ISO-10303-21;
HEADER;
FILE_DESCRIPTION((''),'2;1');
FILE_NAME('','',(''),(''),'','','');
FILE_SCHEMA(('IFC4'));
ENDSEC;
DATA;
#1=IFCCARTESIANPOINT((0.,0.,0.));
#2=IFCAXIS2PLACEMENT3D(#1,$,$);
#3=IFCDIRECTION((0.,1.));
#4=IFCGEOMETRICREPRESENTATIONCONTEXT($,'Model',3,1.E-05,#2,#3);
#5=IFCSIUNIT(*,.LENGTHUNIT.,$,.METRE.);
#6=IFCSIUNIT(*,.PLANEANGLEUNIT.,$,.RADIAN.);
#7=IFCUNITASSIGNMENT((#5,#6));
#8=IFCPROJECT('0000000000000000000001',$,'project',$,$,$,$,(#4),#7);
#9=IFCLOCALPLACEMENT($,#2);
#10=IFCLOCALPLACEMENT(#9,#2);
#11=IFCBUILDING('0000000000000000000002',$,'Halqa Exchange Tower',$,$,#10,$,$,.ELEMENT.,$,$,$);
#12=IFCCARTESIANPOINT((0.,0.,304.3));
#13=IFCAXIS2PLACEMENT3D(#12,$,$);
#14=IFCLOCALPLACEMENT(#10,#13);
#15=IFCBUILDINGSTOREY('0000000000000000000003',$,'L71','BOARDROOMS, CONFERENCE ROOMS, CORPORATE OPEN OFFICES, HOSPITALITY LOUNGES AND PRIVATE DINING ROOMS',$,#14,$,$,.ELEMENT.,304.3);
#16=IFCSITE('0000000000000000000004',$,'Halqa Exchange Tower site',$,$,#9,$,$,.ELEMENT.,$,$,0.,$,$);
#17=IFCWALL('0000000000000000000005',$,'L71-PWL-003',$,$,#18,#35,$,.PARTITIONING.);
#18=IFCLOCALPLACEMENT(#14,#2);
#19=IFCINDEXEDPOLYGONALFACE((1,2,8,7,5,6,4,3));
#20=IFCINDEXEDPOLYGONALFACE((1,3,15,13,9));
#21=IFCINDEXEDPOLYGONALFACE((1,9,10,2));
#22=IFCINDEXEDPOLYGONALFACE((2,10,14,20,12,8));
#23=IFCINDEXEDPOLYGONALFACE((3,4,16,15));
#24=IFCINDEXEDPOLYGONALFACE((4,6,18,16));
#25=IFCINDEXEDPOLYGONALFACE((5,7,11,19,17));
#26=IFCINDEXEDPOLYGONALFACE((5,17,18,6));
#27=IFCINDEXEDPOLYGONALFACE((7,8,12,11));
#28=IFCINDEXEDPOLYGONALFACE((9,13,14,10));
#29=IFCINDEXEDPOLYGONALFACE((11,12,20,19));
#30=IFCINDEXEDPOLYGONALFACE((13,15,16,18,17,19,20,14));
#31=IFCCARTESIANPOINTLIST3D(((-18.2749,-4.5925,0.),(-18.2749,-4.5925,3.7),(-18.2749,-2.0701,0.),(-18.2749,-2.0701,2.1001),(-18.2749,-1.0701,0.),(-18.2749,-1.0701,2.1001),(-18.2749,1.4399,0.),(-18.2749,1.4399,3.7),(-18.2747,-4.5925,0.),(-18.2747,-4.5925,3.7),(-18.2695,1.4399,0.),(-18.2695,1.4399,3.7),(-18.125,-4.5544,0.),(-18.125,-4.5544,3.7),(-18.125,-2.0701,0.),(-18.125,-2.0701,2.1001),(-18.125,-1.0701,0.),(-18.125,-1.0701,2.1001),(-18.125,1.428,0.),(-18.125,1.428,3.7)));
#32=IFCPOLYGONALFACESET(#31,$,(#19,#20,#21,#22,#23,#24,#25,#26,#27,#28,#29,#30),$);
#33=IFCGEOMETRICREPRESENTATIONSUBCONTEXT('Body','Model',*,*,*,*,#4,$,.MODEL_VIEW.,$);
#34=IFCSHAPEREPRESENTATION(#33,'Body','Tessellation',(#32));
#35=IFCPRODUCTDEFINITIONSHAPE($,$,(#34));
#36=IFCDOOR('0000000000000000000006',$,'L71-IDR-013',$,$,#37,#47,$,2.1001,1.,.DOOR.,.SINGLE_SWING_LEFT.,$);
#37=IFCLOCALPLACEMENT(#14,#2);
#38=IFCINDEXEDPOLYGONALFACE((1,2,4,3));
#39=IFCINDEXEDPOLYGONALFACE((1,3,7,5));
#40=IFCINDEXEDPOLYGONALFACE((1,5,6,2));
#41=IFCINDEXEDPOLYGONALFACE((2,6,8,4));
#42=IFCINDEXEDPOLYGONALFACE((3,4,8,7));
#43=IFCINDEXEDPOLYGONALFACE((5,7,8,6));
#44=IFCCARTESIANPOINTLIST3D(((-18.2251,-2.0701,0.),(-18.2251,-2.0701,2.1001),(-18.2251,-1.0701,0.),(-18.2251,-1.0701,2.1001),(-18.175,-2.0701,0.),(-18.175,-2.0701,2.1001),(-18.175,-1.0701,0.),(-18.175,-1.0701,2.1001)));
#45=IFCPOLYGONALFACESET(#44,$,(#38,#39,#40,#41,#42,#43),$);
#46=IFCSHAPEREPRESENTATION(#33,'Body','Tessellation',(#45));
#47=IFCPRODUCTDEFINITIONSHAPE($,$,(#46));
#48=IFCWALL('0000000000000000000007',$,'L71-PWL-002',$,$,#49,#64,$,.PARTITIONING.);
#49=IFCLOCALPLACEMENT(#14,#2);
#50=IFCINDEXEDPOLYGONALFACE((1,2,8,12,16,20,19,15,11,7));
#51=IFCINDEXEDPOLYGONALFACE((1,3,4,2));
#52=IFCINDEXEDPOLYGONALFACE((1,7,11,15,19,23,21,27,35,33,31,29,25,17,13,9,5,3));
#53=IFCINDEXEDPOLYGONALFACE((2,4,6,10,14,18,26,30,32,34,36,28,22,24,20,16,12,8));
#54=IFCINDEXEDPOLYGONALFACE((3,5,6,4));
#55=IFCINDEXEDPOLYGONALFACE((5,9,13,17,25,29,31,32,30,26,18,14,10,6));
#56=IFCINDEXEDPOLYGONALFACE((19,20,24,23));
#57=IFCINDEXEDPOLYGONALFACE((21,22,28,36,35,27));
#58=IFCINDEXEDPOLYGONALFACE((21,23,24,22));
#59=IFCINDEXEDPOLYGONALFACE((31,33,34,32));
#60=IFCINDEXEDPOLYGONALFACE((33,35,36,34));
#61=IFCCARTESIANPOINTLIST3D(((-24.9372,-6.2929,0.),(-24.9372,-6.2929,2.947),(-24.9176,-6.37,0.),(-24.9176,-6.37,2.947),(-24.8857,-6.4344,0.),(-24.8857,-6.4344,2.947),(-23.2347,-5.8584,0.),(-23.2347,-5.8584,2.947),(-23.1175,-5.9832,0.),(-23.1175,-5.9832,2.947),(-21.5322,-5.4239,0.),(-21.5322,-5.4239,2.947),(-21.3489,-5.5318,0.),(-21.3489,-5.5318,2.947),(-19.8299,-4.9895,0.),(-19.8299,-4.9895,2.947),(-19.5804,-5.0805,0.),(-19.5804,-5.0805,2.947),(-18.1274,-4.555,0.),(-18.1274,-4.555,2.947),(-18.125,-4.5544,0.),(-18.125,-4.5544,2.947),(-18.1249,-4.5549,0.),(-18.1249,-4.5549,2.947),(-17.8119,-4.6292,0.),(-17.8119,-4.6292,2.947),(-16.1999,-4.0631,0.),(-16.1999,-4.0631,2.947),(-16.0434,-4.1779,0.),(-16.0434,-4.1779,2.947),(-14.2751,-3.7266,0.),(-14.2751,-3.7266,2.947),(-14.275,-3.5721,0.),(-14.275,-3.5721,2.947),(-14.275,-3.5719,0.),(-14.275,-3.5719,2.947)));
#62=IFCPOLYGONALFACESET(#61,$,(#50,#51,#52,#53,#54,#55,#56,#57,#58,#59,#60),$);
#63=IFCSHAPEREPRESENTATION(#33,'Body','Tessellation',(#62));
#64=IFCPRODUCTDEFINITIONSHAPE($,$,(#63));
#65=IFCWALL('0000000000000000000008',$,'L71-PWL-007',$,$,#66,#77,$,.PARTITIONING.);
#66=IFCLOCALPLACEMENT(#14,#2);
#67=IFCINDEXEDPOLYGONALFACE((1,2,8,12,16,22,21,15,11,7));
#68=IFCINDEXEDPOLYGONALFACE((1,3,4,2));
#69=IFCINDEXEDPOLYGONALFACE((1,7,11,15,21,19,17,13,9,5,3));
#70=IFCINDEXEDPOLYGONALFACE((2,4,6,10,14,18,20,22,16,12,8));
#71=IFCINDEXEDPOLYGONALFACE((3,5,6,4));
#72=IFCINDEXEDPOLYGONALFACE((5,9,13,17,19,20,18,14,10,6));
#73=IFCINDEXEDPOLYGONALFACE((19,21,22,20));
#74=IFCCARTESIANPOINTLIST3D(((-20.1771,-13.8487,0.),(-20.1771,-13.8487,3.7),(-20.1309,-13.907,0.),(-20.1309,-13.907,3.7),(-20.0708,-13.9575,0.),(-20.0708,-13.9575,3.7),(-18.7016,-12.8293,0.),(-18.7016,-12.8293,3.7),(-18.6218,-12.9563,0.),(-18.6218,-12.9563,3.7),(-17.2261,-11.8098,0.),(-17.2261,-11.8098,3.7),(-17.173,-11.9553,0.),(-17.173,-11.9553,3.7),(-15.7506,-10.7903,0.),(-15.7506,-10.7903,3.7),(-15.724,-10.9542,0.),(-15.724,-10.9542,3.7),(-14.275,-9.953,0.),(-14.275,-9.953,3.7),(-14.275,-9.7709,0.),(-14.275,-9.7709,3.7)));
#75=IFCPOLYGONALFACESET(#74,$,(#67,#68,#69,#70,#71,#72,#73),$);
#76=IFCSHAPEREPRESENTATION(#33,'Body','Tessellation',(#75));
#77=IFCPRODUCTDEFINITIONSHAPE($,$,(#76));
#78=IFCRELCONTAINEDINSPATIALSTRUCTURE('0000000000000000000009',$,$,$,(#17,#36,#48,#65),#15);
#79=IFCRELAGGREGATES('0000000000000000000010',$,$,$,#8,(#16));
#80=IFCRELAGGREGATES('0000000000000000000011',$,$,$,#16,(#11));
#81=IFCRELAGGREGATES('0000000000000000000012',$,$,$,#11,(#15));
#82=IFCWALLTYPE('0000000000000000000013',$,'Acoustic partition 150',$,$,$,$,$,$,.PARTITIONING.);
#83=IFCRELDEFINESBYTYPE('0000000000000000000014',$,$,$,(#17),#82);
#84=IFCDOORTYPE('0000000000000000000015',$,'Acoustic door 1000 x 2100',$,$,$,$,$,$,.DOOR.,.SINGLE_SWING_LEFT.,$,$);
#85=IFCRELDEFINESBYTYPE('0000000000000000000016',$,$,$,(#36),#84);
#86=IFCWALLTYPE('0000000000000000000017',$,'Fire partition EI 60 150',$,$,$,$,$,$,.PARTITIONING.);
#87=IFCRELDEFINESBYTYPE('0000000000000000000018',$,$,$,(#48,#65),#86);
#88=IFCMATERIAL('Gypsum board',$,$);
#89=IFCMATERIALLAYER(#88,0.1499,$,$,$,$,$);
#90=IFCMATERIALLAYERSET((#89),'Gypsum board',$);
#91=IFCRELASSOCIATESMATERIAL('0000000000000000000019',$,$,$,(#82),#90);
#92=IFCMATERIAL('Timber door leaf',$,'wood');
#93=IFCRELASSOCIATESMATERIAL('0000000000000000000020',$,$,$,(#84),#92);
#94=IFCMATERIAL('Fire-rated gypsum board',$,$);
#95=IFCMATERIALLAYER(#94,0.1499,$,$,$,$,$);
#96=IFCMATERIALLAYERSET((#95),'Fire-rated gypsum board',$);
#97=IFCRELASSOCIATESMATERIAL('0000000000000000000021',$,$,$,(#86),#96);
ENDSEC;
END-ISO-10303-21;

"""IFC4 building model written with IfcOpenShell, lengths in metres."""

from ifc_helpers import new_model, si_unit, direction, frame, frame_2d, origin, place, context, subcontext, project, spatial, polyline, rectangle, outline, extrude, material, layer, layer_set, type_object, element, fill, save


model = new_model("IFC4")

# Units and contexts
model_context = context("Model", 3, precision=1e-05, world=origin(), true_north=direction((0.0, 1.0)))
body_context = subcontext(model_context, "Body", "Model", "MODEL_VIEW")
ifc_project = project(units=[si_unit("LENGTHUNIT", "METRE"), si_unit("PLANEANGLEUNIT", "RADIAN")], contexts=[model_context])

# Site, building, storey
site_placement = place(None, origin())
site = spatial("IfcSite", under=ifc_project, at=site_placement, Name="Halqa Exchange Tower site", CompositionType="ELEMENT", RefElevation=0.0)
building_placement = place(site_placement, origin())
building = spatial("IfcBuilding", under=site, at=building_placement, Name="Halqa Exchange Tower", CompositionType="ELEMENT")
storey_placement = place(building_placement, frame((0.0, 0.0, 304.3)))
storey = spatial("IfcBuildingStorey", under=building, at=storey_placement, Name="L71", Description="BOARDROOMS, CONFERENCE ROOMS, CORPORATE OPEN OFFICES, HOSPITALITY LOUNGES AND PRIVATE DINING ROOMS", CompositionType="ELEMENT", Elevation=304.3)

# Wall, opening, door
ifc_material_1 = material(Name="Gypsum board")
ifc_layer_1 = layer(ifc_material_1, 0.1499)
ifc_layer_set_1 = layer_set([ifc_layer_1], Name="Gypsum board")
wall_type_1 = type_object("IfcWallType", Name="Acoustic partition 150", PredefinedType="PARTITIONING", material=ifc_layer_set_1)
wall_1_placement = place(storey_placement, frame((-18.2, -4.5925, 0.0), z_axis=(0.0, 0.0, 1.0), x_axis=(0.0, 1.0, 0.0)))
wall_1 = element("IfcWall", 1, at=wall_1_placement, inside=storey, type_object=wall_type_1, Name="L71-PWL-003", PredefinedType="PARTITIONING", context=body_context, shape_type="SweptSolid", body=[
    extrude(outline(polyline([(0.0381, -0.075), (2.0322, -0.075), (4.0264, -0.075), (6.0205, -0.075), (6.0325, 0.0696), (6.0325, 0.075), (4.5244, 0.075), (3.0161, 0.075), (1.5081, 0.075), (0.0, 0.075), (0.0, 0.0747), (0.0381, -0.075)])), origin(), (0.0, 0.0, 1.0), 3.7),
])
opening_1_placement = place(wall_1_placement, frame((2.5225, 0.0, 0.0)))
opening_1 = element("IfcOpeningElement", 2, at=opening_1_placement, cuts=wall_1, PredefinedType="OPENING", context=body_context, shape_type="SweptSolid", body=[
    extrude(rectangle(XDim=1.0, YDim=2.1001, at=frame_2d((0.5, 1.05))), frame((0.0, 0.0869, 0.0), z_axis=(0.0, -1.0, 0.0), x_axis=(1.0, 0.0, 0.0)), (0.0, 0.0, 1.0), 0.1738),
])
ifc_material_2 = material(Name="Timber door leaf", Category="wood")
door_type_1 = type_object("IfcDoorType", Name="Acoustic door 1000 x 2100", OperationType="SINGLE_SWING_LEFT", PredefinedType="DOOR", material=ifc_material_2)
door_1_placement = place(opening_1_placement, frame((1.0, 0.0, 0.0), z_axis=(0.0, 0.0, 1.0), x_axis=(-1.0, 0.0, 0.0)))
door_1 = element("IfcDoor", 3, at=door_1_placement, inside=storey, type_object=door_type_1, Name="L71-IDR-013", OperationType="SINGLE_SWING_LEFT", OverallHeight=2.1001, OverallWidth=1.0, PredefinedType="DOOR", context=body_context, shape_type="SweptSolid", body=[
    extrude(rectangle(XDim=1.0, YDim=2.1001, at=frame_2d((0.5, 1.05))), frame((0.0, 0.0249, 0.0), z_axis=(0.0, -1.0, 0.0), x_axis=(1.0, 0.0, 0.0)), (0.0, 0.0, 1.0), 0.05),
])
fill(opening_1, door_1)

# Walls
ifc_material_3 = material(Name="Fire-rated gypsum board")
ifc_layer_2 = layer(ifc_material_3, 0.1499)
ifc_layer_set_2 = layer_set([ifc_layer_2], Name="Fire-rated gypsum board")
wall_type_2 = type_object("IfcWallType", Name="Fire partition EI 60 150", PredefinedType="PARTITIONING", material=ifc_layer_set_2)
wall_2_placement = place(storey_placement, frame((-24.9187, -6.3655, 0.0), z_axis=(0.0, 0.0, 1.0), x_axis=(0.968946, 0.247273, 0.0)))
element("IfcWall", 4, at=wall_2_placement, inside=storey, type_object=wall_type_2, Name="L71-PWL-002", PredefinedType="PARTITIONING", context=body_context, shape_type="SweptSolid", body=[
    extrude(outline(polyline([(0.0149, -0.075), (1.8398, -0.075), (3.665, -0.075), (5.4902, -0.075), (7.3154, -0.075), (9.1406, -0.075), (10.9656, -0.075), (11.0039, 0.0747), (11.0039, 0.075), (9.0173, 0.075), (7.0305, 0.075), (7.0305, 0.0745), (7.0281, 0.075), (5.271, 0.075), (3.5142, 0.075), (1.7571, 0.075), (0.0, 0.075), (0.0, -0.0046), (0.0149, -0.075)])), origin(), (0.0, 0.0, 1.0), 2.947),
])
wall_3_placement = place(storey_placement, frame((-14.2324, -9.8325, 0.0), z_axis=(0.0, 0.0, 1.0), x_axis=(-0.822726, -0.568438, 0.0)))
element("IfcWall", 5, at=wall_3_placement, inside=storey, type_object=wall_type_2, Name="L71-PWL-007", PredefinedType="PARTITIONING", context=body_context, shape_type="SweptSolid", body=[
    extrude(outline(polyline([(0.0, -0.075), (1.7935, -0.075), (3.5869, -0.075), (5.3804, -0.075), (7.1738, -0.075), (7.1689, -0.0007), (7.1482, 0.075), (5.387, 0.075), (3.626, 0.075), (1.8647, 0.075), (0.1035, 0.075), (0.0, -0.075), (0.0, -0.075)])), origin(), (0.0, 0.0, 1.0), 3.7),
])

save(model, "model.ifc")
